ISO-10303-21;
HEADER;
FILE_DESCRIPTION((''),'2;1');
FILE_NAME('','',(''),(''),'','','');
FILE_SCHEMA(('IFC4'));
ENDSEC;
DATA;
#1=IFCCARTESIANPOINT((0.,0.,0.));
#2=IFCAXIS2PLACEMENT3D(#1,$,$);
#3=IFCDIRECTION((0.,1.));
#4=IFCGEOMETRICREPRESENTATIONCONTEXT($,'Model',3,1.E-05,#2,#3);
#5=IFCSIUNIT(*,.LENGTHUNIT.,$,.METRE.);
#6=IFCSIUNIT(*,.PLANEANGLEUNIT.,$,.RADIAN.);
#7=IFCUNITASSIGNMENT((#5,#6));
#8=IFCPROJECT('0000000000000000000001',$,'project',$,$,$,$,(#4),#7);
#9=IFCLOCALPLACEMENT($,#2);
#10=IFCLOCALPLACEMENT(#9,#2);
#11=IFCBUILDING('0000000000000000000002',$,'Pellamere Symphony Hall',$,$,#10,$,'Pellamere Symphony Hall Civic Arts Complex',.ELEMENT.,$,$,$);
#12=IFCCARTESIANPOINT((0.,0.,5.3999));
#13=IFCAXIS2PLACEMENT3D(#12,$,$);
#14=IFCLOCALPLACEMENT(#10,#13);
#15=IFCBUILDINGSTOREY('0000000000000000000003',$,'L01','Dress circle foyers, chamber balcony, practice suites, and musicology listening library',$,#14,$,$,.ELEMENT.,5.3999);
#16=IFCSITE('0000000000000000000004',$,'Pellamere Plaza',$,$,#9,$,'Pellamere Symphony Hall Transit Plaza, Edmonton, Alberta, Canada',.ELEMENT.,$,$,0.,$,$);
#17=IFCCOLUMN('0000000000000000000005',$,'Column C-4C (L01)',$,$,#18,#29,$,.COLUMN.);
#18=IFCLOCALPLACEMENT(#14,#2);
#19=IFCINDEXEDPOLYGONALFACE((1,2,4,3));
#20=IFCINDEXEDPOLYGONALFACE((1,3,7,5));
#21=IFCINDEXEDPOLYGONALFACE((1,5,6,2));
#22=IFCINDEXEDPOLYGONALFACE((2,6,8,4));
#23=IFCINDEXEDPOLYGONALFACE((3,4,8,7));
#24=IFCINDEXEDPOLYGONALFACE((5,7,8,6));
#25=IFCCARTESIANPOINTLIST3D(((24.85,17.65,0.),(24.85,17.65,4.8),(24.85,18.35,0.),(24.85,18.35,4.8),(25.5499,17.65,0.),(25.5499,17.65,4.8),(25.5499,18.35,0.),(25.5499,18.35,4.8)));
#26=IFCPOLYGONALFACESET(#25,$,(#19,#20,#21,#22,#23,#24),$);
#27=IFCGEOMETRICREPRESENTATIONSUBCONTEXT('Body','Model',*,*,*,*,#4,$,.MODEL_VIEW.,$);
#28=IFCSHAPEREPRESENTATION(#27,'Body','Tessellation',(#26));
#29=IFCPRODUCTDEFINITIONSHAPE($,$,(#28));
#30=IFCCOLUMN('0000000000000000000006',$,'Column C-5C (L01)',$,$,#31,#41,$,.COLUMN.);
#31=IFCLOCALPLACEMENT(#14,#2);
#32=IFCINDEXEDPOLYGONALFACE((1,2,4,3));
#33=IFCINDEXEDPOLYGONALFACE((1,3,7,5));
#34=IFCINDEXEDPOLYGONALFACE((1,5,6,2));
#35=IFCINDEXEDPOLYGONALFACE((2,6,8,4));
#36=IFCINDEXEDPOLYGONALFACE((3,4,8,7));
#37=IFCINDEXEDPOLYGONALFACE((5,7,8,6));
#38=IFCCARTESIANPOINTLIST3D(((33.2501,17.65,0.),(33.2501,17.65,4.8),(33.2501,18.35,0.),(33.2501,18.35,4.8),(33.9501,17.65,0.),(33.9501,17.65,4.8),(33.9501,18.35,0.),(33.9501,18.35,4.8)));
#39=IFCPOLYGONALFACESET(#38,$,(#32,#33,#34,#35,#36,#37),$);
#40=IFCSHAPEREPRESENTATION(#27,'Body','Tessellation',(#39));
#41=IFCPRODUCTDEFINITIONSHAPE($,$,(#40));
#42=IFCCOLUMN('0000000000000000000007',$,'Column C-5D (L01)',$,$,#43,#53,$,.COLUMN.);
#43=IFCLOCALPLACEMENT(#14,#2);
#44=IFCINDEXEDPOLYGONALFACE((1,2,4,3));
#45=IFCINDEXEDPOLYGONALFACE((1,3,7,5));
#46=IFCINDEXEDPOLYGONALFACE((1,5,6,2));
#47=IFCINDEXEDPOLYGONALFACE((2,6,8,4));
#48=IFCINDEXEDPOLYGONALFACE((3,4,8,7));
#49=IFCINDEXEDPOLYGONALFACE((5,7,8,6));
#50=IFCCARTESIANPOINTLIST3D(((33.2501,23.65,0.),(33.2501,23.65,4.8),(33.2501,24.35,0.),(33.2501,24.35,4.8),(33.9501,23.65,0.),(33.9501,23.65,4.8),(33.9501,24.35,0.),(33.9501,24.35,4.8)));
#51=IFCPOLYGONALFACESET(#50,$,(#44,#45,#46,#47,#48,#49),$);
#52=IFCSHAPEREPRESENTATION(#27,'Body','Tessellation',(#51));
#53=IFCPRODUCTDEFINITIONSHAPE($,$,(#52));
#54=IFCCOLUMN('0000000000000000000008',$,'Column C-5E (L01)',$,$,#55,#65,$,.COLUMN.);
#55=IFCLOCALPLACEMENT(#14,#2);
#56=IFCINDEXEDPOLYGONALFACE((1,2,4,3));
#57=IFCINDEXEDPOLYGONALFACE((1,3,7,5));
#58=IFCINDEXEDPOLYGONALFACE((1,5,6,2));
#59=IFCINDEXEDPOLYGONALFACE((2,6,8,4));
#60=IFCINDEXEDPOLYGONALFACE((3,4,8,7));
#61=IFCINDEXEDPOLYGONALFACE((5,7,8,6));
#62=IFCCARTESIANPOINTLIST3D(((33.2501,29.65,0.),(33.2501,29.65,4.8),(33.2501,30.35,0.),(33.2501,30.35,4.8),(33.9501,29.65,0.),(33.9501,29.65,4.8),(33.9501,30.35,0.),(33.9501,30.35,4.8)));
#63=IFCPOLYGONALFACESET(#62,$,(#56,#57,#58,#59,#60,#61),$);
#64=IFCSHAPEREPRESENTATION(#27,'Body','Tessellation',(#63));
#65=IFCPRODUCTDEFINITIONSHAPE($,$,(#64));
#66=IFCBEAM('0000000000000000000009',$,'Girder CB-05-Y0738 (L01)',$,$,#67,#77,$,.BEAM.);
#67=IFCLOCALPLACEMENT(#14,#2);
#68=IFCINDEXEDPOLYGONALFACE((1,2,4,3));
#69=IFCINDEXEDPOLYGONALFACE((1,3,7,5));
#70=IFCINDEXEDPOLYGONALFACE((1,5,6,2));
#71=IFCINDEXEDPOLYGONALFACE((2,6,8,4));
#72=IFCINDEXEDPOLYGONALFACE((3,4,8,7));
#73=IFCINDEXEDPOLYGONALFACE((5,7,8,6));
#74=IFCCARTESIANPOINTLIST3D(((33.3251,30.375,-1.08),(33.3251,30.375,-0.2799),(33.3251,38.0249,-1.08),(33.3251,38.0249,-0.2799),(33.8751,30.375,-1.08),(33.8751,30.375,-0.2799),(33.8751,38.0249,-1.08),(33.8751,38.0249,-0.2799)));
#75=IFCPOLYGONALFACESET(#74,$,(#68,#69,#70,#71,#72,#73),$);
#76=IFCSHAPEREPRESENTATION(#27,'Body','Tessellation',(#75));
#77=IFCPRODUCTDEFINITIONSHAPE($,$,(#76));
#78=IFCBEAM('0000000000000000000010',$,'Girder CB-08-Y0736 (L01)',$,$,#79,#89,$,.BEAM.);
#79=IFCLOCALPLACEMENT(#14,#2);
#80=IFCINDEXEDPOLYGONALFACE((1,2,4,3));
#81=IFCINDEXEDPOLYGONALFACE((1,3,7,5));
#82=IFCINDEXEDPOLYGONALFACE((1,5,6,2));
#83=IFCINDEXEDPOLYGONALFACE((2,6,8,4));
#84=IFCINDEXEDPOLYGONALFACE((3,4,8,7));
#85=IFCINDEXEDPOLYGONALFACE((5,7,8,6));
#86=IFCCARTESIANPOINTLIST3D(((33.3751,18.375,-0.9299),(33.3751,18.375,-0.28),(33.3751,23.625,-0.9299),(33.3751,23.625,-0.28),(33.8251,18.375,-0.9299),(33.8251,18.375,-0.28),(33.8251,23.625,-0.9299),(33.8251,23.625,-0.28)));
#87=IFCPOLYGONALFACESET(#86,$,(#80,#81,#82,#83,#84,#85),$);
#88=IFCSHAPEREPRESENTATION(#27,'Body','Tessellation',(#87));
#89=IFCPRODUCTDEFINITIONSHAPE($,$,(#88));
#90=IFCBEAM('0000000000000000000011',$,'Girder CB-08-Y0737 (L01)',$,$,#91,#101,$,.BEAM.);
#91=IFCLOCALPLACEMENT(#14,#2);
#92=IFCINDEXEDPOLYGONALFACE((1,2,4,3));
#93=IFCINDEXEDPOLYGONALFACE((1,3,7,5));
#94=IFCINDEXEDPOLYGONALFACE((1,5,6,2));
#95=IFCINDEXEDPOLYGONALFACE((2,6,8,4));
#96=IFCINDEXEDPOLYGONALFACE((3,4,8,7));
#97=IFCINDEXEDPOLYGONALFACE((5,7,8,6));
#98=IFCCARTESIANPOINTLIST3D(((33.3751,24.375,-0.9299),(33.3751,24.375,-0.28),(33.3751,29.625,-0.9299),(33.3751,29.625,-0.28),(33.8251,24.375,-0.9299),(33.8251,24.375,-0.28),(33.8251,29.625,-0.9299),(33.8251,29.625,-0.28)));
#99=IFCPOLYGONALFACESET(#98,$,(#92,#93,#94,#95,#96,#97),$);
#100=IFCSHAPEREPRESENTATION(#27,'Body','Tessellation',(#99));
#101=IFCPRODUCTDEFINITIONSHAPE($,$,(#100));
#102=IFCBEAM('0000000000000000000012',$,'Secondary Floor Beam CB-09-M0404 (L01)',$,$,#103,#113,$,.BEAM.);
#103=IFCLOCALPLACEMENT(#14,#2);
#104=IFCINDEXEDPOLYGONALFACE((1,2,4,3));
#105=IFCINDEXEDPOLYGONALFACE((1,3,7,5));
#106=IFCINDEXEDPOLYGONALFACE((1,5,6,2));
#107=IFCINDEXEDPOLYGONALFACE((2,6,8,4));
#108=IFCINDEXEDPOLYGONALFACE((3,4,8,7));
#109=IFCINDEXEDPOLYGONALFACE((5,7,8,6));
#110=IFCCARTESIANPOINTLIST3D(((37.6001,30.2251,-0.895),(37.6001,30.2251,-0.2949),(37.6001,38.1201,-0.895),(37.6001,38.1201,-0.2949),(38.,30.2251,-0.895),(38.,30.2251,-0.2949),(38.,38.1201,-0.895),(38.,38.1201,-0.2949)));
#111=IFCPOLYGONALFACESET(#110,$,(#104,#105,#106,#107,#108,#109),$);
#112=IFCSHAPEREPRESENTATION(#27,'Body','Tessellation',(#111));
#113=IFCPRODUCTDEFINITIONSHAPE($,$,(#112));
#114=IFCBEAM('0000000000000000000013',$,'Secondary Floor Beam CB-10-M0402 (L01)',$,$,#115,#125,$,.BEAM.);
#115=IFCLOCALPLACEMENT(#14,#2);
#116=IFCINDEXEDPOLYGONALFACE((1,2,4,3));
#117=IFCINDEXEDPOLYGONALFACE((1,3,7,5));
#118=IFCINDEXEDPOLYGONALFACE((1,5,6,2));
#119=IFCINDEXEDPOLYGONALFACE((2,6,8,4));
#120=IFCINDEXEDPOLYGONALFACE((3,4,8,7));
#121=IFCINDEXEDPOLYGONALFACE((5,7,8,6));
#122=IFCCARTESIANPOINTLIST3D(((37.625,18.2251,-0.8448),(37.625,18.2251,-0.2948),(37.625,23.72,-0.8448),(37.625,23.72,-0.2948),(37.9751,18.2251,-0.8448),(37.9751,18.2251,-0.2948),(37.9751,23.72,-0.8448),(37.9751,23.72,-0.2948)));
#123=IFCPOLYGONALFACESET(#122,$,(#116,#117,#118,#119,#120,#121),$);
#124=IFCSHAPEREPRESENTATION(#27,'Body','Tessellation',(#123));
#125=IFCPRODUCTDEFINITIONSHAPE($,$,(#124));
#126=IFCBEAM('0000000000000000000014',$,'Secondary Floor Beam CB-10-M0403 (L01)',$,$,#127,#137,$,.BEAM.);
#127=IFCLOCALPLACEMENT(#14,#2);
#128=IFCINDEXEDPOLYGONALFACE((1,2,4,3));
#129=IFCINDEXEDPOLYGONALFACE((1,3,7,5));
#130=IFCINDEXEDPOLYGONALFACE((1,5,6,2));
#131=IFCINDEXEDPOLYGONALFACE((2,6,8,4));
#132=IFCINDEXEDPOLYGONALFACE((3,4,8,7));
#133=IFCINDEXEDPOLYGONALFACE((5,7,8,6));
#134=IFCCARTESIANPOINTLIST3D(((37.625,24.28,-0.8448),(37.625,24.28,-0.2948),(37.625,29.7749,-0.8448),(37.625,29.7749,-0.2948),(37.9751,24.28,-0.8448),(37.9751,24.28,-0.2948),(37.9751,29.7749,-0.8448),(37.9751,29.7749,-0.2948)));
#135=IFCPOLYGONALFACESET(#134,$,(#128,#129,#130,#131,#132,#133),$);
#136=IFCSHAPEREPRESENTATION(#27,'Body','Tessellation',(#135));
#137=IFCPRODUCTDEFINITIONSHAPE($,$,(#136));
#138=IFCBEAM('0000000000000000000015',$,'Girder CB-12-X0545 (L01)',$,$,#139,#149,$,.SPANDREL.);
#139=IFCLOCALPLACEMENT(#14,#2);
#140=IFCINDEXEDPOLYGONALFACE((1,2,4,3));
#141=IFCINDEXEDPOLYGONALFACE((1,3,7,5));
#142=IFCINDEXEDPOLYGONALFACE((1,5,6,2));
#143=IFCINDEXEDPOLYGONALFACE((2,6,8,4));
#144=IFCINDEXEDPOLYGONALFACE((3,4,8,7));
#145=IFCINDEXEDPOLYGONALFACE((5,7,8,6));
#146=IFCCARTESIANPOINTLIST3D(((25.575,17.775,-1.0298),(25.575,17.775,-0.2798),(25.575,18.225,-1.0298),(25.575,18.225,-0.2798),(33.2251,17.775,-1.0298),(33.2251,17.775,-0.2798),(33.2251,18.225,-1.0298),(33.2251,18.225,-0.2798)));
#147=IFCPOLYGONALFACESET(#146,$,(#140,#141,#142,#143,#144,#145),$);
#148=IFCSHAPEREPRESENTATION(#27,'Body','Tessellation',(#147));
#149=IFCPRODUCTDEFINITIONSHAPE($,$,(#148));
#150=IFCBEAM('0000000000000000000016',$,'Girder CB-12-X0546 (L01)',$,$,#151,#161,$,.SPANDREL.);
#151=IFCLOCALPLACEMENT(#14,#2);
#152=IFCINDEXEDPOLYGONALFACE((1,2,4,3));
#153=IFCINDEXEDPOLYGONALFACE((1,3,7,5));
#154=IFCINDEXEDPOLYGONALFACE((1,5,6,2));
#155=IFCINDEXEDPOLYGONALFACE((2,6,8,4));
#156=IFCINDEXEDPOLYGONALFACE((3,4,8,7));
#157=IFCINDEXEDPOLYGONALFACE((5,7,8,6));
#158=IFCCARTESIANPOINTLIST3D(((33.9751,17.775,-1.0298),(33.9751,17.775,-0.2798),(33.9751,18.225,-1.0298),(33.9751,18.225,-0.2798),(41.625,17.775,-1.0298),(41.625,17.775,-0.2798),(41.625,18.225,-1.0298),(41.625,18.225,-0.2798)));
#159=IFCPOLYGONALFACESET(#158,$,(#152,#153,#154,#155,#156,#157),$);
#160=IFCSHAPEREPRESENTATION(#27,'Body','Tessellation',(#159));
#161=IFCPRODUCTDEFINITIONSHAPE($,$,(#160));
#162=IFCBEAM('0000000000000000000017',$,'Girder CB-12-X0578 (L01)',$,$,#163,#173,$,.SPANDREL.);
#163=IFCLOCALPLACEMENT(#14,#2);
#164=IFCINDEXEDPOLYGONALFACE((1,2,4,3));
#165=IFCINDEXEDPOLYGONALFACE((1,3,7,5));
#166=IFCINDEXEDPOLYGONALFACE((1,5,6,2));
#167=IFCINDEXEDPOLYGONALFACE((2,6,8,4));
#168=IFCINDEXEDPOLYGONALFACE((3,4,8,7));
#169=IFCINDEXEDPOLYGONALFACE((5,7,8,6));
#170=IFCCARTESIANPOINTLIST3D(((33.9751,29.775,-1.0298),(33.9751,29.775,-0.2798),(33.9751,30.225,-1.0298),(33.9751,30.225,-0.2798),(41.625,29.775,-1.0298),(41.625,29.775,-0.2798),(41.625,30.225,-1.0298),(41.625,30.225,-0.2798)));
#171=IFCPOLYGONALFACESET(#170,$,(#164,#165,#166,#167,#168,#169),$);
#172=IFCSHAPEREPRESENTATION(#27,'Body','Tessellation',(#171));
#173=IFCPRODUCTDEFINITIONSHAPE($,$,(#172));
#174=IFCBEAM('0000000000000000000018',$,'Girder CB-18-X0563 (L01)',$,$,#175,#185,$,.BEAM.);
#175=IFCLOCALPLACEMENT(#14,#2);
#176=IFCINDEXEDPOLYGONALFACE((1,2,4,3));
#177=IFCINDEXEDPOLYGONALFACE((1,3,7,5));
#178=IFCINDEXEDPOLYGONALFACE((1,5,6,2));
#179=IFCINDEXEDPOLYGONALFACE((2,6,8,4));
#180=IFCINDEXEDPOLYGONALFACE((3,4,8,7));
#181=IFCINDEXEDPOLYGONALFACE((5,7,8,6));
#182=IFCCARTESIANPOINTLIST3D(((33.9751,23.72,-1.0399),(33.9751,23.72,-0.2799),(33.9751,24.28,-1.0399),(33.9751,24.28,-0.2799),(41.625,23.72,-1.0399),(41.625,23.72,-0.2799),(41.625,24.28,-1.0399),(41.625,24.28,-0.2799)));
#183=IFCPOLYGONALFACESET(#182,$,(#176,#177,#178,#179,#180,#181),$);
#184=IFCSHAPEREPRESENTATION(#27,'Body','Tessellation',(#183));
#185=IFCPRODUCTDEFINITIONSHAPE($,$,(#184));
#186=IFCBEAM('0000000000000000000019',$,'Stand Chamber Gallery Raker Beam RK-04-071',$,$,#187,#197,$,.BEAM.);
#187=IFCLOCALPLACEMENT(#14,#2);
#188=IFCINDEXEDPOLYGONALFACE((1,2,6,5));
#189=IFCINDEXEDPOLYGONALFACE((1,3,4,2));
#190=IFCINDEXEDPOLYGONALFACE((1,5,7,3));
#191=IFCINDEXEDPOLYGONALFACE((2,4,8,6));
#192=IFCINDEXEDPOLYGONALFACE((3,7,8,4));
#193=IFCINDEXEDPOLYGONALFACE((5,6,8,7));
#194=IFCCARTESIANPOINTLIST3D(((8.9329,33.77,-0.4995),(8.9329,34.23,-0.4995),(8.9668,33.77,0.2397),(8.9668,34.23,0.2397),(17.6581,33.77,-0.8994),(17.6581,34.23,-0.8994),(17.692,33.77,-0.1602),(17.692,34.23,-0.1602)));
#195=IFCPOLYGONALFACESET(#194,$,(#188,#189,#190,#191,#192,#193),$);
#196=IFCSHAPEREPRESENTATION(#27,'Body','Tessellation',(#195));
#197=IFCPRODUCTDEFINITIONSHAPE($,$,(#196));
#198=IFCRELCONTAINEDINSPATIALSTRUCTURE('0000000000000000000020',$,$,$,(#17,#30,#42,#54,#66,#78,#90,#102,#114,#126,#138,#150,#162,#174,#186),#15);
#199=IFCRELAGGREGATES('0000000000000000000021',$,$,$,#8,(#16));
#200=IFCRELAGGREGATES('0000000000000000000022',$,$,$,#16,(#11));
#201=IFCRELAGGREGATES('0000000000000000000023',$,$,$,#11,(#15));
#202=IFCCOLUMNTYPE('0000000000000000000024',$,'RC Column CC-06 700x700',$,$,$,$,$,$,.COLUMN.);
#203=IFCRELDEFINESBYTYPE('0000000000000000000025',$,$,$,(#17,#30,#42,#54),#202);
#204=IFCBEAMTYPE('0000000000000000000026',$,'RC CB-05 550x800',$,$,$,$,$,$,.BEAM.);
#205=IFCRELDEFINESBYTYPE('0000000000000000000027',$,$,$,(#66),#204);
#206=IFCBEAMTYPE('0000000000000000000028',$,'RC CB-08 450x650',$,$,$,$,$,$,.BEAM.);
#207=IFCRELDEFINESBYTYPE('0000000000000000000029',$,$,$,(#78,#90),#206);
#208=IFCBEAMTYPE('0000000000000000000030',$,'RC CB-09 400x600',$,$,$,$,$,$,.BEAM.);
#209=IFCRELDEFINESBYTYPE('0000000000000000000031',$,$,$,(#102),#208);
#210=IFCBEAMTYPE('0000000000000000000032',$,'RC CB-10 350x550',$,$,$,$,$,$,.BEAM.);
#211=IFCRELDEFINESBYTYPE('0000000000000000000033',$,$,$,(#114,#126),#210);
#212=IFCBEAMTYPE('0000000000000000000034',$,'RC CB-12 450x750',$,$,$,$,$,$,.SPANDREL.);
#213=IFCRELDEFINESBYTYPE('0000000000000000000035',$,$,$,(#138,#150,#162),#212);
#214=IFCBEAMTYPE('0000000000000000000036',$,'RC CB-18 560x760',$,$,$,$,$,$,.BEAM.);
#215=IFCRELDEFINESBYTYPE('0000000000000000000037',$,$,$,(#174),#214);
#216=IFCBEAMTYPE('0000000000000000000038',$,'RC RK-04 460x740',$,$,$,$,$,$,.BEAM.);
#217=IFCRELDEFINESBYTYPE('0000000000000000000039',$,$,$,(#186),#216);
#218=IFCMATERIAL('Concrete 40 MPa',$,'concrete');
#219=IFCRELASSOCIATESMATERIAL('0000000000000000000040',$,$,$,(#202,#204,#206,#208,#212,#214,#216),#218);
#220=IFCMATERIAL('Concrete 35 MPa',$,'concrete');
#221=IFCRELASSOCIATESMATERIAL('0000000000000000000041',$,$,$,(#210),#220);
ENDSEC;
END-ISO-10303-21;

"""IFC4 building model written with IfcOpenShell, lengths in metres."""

from ifc_helpers import new_model, si_unit, direction, frame, origin, origin_2d, place, context, subcontext, project, spatial, rectangle, extrude, material, material_profile, profile_set, type_object, element, save


model = new_model("IFC4")

# Units and contexts
model_context = context("Model", 3, precision=1e-05, world=origin(), true_north=direction((0.0, 1.0)))
body_context = subcontext(model_context, "Body", "Model", "MODEL_VIEW")
ifc_project = project(units=[si_unit("LENGTHUNIT", "METRE"), si_unit("PLANEANGLEUNIT", "RADIAN")], contexts=[model_context])

# Site, building, storey
site_placement = place(None, origin())
site = spatial("IfcSite", under=ifc_project, at=site_placement, Name="Pellamere Plaza", LongName="Pellamere Symphony Hall Transit Plaza, Edmonton, Alberta, Canada", CompositionType="ELEMENT", RefElevation=0.0)
building_placement = place(site_placement, origin())
building = spatial("IfcBuilding", under=site, at=building_placement, Name="Pellamere Symphony Hall", LongName="Pellamere Symphony Hall Civic Arts Complex", CompositionType="ELEMENT")
storey_placement = place(building_placement, frame((0.0, 0.0, 5.3999)))
storey = spatial("IfcBuildingStorey", under=building, at=storey_placement, Name="L01", Description="Dress circle foyers, chamber balcony, practice suites, and musicology listening library", CompositionType="ELEMENT", Elevation=5.3999)

# Columns
ifc_material_1 = material(Name="Concrete 40 MPa", Category="concrete")
ifc_material_profile_1 = material_profile(ifc_material_1, rectangle(XDim=0.7, YDim=0.7, at=origin_2d()), Name="RC 700x700")
ifc_profile_set_1 = profile_set([ifc_material_profile_1], Name="Concrete 40 MPa")
column_type = type_object("IfcColumnType", Name="RC Column CC-06 700x700", PredefinedType="COLUMN", material=ifc_profile_set_1)
for number, where, z_axis, x_axis, name in (
    (1, (25.2, 18.0, 0.0), (0.0, 0.0, 1.0), (1.0, 0.0, 0.0), "Column C-4C (L01)"),
    (2, (33.6001, 18.0, 0.0), (0.0, 0.0, 1.0), (1.0, 0.0, 0.0), "Column C-5C (L01)"),
    (3, (33.6001, 24.0, 0.0), (0.0, 0.0, 1.0), (1.0, 0.0, 0.0), "Column C-5D (L01)"),
    (4, (33.6001, 30.0, 0.0), (0.0, 0.0, 1.0), (1.0, 0.0, 0.0), "Column C-5E (L01)"),
):
    element("IfcColumn", number, at=place(storey_placement, frame(where, z_axis=z_axis, x_axis=x_axis)), inside=storey, type_object=column_type, Name=name, PredefinedType="COLUMN", context=body_context, shape_type="SweptSolid", body=[
        extrude(rectangle(XDim=0.7, YDim=0.7, at=origin_2d()), origin(), (0.0, 0.0, 1.0), 4.8),
    ])

# Beams
ifc_material_profile_2 = material_profile(ifc_material_1, rectangle(XDim=0.55, YDim=0.8, at=origin_2d()), Name="RC 550x800")
ifc_profile_set_2 = profile_set([ifc_material_profile_2], Name="Concrete 40 MPa")
beam_type_1 = type_object("IfcBeamType", Name="RC CB-05 550x800", PredefinedType="BEAM", material=ifc_profile_set_2)
beam_1_placement = place(storey_placement, frame((33.6001, 30.375, -0.6799), z_axis=(0.0, 1.0, 0.0), x_axis=(-1.0, 0.0, 0.0)))
element("IfcBeam", 5, at=beam_1_placement, inside=storey, type_object=beam_type_1, Name="Girder CB-05-Y0738 (L01)", PredefinedType="BEAM", context=body_context, shape_type="SweptSolid", body=[
    extrude(rectangle(XDim=0.55, YDim=0.8, at=origin_2d()), origin(), (0.0, 0.0, 1.0), 7.6499),
])
ifc_material_profile_3 = material_profile(ifc_material_1, rectangle(XDim=0.45, YDim=0.6499, at=origin_2d()), Name="RC 450x650")
ifc_profile_set_3 = profile_set([ifc_material_profile_3], Name="Concrete 40 MPa")
beam_type_2 = type_object("IfcBeamType", Name="RC CB-08 450x650", PredefinedType="BEAM", material=ifc_profile_set_3)
for number, where, z_axis, x_axis, name in (
    (6, (33.6001, 18.375, -0.605), (0.0, 1.0, 0.0), (-1.0, 0.0, 0.0), "Girder CB-08-Y0736 (L01)"),
    (7, (33.6001, 24.375, -0.605), (0.0, 1.0, 0.0), (-1.0, 0.0, 0.0), "Girder CB-08-Y0737 (L01)"),
):
    element("IfcBeam", number, at=place(storey_placement, frame(where, z_axis=z_axis, x_axis=x_axis)), inside=storey, type_object=beam_type_2, Name=name, PredefinedType="BEAM", context=body_context, shape_type="SweptSolid", body=[
        extrude(rectangle(XDim=0.45, YDim=0.6499, at=origin_2d()), origin(), (0.0, 0.0, 1.0), 5.25),
    ])
ifc_material_profile_4 = material_profile(ifc_material_1, rectangle(XDim=0.3999, YDim=0.6001, at=origin_2d()), Name="RC 400x600")
ifc_profile_set_4 = profile_set([ifc_material_profile_4], Name="Concrete 40 MPa")
beam_type_3 = type_object("IfcBeamType", Name="RC CB-09 400x600", PredefinedType="BEAM", material=ifc_profile_set_4)
beam_2_placement = place(storey_placement, frame((37.8, 30.2251, -0.595), z_axis=(0.0, 1.0, 0.0), x_axis=(-1.0, 0.0, 0.0)))
element("IfcBeam", 8, at=beam_2_placement, inside=storey, type_object=beam_type_3, Name="Secondary Floor Beam CB-09-M0404 (L01)", PredefinedType="BEAM", context=body_context, shape_type="SweptSolid", body=[
    extrude(rectangle(XDim=0.3999, YDim=0.6001, at=origin_2d()), origin(), (0.0, 0.0, 1.0), 7.895),
])
ifc_material_2 = material(Name="Concrete 35 MPa", Category="concrete")
ifc_material_profile_5 = material_profile(ifc_material_2, rectangle(XDim=0.3501, YDim=0.55, at=origin_2d()), Name="RC 350x550")
ifc_profile_set_5 = profile_set([ifc_material_profile_5], Name="Concrete 35 MPa")
beam_type_4 = type_object("IfcBeamType", Name="RC CB-10 350x550", PredefinedType="BEAM", material=ifc_profile_set_5)
for number, where, z_axis, x_axis, name in (
    (9, (37.8, 18.2251, -0.5698), (0.0, 1.0, 0.0), (-1.0, 0.0, 0.0), "Secondary Floor Beam CB-10-M0402 (L01)"),
    (10, (37.8, 24.28, -0.5698), (0.0, 1.0, 0.0), (-1.0, 0.0, 0.0), "Secondary Floor Beam CB-10-M0403 (L01)"),
):
    element("IfcBeam", number, at=place(storey_placement, frame(where, z_axis=z_axis, x_axis=x_axis)), inside=storey, type_object=beam_type_4, Name=name, PredefinedType="BEAM", context=body_context, shape_type="SweptSolid", body=[
        extrude(rectangle(XDim=0.3501, YDim=0.55, at=origin_2d()), origin(), (0.0, 0.0, 1.0), 5.4949),
    ])
ifc_material_profile_6 = material_profile(ifc_material_1, rectangle(XDim=0.45, YDim=0.75, at=origin_2d()), Name="RC 450x750")
ifc_profile_set_6 = profile_set([ifc_material_profile_6], Name="Concrete 40 MPa")
beam_type_5 = type_object("IfcBeamType", Name="RC CB-12 450x750", PredefinedType="SPANDREL", material=ifc_profile_set_6)
beam_3_placement = place(storey_placement, frame((25.575, 18.0, -0.6548), z_axis=(1.0, 0.0, 0.0), x_axis=(0.0, 1.0, 0.0)))
element("IfcBeam", 11, at=beam_3_placement, inside=storey, type_object=beam_type_5, Name="Girder CB-12-X0545 (L01)", PredefinedType="SPANDREL", context=body_context, shape_type="SweptSolid", body=[
    extrude(rectangle(XDim=0.45, YDim=0.75, at=origin_2d()), origin(), (0.0, 0.0, 1.0), 7.6501),
])
for number, where, z_axis, x_axis, name in (
    (12, (33.9751, 18.0, -0.6548), (1.0, 0.0, 0.0), (0.0, 1.0, 0.0), "Girder CB-12-X0546 (L01)"),
    (13, (33.9751, 30.0, -0.6548), (1.0, 0.0, 0.0), (0.0, 1.0, 0.0), "Girder CB-12-X0578 (L01)"),
):
    element("IfcBeam", number, at=place(storey_placement, frame(where, z_axis=z_axis, x_axis=x_axis)), inside=storey, type_object=beam_type_5, Name=name, PredefinedType="SPANDREL", context=body_context, shape_type="SweptSolid", body=[
        extrude(rectangle(XDim=0.45, YDim=0.75, at=origin_2d()), origin(), (0.0, 0.0, 1.0), 7.6499),
    ])
ifc_material_profile_7 = material_profile(ifc_material_1, rectangle(XDim=0.5601, YDim=0.76, at=origin_2d()), Name="RC 560x760")
ifc_profile_set_7 = profile_set([ifc_material_profile_7], Name="Concrete 40 MPa")
beam_type_6 = type_object("IfcBeamType", Name="RC CB-18 560x760", PredefinedType="BEAM", material=ifc_profile_set_7)
beam_4_placement = place(storey_placement, frame((33.9751, 24.0, -0.6599), z_axis=(1.0, 0.0, 0.0), x_axis=(0.0, 1.0, 0.0)))
element("IfcBeam", 14, at=beam_4_placement, inside=storey, type_object=beam_type_6, Name="Girder CB-18-X0563 (L01)", PredefinedType="BEAM", context=body_context, shape_type="SweptSolid", body=[
    extrude(rectangle(XDim=0.5601, YDim=0.76, at=origin_2d()), origin(), (0.0, 0.0, 1.0), 7.6499),
])
ifc_material_profile_8 = material_profile(ifc_material_1, rectangle(XDim=0.46, YDim=0.74, at=origin_2d()), Name="RC 460x740")
ifc_profile_set_8 = profile_set([ifc_material_profile_8], Name="Concrete 40 MPa")
beam_type_7 = type_object("IfcBeamType", Name="RC RK-04 460x740", PredefinedType="BEAM", material=ifc_profile_set_8)
beam_5_placement = place(storey_placement, frame((17.675, 34.0, -0.5298), z_axis=(-0.998951, 0.0, 0.045786), x_axis=(0.0, -1.0, 0.0)))
element("IfcBeam", 15, at=beam_5_placement, inside=storey, type_object=beam_type_7, Name="Stand Chamber Gallery Raker Beam RK-04-071", PredefinedType="BEAM", context=body_context, shape_type="SweptSolid", body=[
    extrude(rectangle(XDim=0.46, YDim=0.74, at=origin_2d()), origin(), (0.0, 0.0, 1.0), 8.7344),
])

save(model, "model.ifc")
